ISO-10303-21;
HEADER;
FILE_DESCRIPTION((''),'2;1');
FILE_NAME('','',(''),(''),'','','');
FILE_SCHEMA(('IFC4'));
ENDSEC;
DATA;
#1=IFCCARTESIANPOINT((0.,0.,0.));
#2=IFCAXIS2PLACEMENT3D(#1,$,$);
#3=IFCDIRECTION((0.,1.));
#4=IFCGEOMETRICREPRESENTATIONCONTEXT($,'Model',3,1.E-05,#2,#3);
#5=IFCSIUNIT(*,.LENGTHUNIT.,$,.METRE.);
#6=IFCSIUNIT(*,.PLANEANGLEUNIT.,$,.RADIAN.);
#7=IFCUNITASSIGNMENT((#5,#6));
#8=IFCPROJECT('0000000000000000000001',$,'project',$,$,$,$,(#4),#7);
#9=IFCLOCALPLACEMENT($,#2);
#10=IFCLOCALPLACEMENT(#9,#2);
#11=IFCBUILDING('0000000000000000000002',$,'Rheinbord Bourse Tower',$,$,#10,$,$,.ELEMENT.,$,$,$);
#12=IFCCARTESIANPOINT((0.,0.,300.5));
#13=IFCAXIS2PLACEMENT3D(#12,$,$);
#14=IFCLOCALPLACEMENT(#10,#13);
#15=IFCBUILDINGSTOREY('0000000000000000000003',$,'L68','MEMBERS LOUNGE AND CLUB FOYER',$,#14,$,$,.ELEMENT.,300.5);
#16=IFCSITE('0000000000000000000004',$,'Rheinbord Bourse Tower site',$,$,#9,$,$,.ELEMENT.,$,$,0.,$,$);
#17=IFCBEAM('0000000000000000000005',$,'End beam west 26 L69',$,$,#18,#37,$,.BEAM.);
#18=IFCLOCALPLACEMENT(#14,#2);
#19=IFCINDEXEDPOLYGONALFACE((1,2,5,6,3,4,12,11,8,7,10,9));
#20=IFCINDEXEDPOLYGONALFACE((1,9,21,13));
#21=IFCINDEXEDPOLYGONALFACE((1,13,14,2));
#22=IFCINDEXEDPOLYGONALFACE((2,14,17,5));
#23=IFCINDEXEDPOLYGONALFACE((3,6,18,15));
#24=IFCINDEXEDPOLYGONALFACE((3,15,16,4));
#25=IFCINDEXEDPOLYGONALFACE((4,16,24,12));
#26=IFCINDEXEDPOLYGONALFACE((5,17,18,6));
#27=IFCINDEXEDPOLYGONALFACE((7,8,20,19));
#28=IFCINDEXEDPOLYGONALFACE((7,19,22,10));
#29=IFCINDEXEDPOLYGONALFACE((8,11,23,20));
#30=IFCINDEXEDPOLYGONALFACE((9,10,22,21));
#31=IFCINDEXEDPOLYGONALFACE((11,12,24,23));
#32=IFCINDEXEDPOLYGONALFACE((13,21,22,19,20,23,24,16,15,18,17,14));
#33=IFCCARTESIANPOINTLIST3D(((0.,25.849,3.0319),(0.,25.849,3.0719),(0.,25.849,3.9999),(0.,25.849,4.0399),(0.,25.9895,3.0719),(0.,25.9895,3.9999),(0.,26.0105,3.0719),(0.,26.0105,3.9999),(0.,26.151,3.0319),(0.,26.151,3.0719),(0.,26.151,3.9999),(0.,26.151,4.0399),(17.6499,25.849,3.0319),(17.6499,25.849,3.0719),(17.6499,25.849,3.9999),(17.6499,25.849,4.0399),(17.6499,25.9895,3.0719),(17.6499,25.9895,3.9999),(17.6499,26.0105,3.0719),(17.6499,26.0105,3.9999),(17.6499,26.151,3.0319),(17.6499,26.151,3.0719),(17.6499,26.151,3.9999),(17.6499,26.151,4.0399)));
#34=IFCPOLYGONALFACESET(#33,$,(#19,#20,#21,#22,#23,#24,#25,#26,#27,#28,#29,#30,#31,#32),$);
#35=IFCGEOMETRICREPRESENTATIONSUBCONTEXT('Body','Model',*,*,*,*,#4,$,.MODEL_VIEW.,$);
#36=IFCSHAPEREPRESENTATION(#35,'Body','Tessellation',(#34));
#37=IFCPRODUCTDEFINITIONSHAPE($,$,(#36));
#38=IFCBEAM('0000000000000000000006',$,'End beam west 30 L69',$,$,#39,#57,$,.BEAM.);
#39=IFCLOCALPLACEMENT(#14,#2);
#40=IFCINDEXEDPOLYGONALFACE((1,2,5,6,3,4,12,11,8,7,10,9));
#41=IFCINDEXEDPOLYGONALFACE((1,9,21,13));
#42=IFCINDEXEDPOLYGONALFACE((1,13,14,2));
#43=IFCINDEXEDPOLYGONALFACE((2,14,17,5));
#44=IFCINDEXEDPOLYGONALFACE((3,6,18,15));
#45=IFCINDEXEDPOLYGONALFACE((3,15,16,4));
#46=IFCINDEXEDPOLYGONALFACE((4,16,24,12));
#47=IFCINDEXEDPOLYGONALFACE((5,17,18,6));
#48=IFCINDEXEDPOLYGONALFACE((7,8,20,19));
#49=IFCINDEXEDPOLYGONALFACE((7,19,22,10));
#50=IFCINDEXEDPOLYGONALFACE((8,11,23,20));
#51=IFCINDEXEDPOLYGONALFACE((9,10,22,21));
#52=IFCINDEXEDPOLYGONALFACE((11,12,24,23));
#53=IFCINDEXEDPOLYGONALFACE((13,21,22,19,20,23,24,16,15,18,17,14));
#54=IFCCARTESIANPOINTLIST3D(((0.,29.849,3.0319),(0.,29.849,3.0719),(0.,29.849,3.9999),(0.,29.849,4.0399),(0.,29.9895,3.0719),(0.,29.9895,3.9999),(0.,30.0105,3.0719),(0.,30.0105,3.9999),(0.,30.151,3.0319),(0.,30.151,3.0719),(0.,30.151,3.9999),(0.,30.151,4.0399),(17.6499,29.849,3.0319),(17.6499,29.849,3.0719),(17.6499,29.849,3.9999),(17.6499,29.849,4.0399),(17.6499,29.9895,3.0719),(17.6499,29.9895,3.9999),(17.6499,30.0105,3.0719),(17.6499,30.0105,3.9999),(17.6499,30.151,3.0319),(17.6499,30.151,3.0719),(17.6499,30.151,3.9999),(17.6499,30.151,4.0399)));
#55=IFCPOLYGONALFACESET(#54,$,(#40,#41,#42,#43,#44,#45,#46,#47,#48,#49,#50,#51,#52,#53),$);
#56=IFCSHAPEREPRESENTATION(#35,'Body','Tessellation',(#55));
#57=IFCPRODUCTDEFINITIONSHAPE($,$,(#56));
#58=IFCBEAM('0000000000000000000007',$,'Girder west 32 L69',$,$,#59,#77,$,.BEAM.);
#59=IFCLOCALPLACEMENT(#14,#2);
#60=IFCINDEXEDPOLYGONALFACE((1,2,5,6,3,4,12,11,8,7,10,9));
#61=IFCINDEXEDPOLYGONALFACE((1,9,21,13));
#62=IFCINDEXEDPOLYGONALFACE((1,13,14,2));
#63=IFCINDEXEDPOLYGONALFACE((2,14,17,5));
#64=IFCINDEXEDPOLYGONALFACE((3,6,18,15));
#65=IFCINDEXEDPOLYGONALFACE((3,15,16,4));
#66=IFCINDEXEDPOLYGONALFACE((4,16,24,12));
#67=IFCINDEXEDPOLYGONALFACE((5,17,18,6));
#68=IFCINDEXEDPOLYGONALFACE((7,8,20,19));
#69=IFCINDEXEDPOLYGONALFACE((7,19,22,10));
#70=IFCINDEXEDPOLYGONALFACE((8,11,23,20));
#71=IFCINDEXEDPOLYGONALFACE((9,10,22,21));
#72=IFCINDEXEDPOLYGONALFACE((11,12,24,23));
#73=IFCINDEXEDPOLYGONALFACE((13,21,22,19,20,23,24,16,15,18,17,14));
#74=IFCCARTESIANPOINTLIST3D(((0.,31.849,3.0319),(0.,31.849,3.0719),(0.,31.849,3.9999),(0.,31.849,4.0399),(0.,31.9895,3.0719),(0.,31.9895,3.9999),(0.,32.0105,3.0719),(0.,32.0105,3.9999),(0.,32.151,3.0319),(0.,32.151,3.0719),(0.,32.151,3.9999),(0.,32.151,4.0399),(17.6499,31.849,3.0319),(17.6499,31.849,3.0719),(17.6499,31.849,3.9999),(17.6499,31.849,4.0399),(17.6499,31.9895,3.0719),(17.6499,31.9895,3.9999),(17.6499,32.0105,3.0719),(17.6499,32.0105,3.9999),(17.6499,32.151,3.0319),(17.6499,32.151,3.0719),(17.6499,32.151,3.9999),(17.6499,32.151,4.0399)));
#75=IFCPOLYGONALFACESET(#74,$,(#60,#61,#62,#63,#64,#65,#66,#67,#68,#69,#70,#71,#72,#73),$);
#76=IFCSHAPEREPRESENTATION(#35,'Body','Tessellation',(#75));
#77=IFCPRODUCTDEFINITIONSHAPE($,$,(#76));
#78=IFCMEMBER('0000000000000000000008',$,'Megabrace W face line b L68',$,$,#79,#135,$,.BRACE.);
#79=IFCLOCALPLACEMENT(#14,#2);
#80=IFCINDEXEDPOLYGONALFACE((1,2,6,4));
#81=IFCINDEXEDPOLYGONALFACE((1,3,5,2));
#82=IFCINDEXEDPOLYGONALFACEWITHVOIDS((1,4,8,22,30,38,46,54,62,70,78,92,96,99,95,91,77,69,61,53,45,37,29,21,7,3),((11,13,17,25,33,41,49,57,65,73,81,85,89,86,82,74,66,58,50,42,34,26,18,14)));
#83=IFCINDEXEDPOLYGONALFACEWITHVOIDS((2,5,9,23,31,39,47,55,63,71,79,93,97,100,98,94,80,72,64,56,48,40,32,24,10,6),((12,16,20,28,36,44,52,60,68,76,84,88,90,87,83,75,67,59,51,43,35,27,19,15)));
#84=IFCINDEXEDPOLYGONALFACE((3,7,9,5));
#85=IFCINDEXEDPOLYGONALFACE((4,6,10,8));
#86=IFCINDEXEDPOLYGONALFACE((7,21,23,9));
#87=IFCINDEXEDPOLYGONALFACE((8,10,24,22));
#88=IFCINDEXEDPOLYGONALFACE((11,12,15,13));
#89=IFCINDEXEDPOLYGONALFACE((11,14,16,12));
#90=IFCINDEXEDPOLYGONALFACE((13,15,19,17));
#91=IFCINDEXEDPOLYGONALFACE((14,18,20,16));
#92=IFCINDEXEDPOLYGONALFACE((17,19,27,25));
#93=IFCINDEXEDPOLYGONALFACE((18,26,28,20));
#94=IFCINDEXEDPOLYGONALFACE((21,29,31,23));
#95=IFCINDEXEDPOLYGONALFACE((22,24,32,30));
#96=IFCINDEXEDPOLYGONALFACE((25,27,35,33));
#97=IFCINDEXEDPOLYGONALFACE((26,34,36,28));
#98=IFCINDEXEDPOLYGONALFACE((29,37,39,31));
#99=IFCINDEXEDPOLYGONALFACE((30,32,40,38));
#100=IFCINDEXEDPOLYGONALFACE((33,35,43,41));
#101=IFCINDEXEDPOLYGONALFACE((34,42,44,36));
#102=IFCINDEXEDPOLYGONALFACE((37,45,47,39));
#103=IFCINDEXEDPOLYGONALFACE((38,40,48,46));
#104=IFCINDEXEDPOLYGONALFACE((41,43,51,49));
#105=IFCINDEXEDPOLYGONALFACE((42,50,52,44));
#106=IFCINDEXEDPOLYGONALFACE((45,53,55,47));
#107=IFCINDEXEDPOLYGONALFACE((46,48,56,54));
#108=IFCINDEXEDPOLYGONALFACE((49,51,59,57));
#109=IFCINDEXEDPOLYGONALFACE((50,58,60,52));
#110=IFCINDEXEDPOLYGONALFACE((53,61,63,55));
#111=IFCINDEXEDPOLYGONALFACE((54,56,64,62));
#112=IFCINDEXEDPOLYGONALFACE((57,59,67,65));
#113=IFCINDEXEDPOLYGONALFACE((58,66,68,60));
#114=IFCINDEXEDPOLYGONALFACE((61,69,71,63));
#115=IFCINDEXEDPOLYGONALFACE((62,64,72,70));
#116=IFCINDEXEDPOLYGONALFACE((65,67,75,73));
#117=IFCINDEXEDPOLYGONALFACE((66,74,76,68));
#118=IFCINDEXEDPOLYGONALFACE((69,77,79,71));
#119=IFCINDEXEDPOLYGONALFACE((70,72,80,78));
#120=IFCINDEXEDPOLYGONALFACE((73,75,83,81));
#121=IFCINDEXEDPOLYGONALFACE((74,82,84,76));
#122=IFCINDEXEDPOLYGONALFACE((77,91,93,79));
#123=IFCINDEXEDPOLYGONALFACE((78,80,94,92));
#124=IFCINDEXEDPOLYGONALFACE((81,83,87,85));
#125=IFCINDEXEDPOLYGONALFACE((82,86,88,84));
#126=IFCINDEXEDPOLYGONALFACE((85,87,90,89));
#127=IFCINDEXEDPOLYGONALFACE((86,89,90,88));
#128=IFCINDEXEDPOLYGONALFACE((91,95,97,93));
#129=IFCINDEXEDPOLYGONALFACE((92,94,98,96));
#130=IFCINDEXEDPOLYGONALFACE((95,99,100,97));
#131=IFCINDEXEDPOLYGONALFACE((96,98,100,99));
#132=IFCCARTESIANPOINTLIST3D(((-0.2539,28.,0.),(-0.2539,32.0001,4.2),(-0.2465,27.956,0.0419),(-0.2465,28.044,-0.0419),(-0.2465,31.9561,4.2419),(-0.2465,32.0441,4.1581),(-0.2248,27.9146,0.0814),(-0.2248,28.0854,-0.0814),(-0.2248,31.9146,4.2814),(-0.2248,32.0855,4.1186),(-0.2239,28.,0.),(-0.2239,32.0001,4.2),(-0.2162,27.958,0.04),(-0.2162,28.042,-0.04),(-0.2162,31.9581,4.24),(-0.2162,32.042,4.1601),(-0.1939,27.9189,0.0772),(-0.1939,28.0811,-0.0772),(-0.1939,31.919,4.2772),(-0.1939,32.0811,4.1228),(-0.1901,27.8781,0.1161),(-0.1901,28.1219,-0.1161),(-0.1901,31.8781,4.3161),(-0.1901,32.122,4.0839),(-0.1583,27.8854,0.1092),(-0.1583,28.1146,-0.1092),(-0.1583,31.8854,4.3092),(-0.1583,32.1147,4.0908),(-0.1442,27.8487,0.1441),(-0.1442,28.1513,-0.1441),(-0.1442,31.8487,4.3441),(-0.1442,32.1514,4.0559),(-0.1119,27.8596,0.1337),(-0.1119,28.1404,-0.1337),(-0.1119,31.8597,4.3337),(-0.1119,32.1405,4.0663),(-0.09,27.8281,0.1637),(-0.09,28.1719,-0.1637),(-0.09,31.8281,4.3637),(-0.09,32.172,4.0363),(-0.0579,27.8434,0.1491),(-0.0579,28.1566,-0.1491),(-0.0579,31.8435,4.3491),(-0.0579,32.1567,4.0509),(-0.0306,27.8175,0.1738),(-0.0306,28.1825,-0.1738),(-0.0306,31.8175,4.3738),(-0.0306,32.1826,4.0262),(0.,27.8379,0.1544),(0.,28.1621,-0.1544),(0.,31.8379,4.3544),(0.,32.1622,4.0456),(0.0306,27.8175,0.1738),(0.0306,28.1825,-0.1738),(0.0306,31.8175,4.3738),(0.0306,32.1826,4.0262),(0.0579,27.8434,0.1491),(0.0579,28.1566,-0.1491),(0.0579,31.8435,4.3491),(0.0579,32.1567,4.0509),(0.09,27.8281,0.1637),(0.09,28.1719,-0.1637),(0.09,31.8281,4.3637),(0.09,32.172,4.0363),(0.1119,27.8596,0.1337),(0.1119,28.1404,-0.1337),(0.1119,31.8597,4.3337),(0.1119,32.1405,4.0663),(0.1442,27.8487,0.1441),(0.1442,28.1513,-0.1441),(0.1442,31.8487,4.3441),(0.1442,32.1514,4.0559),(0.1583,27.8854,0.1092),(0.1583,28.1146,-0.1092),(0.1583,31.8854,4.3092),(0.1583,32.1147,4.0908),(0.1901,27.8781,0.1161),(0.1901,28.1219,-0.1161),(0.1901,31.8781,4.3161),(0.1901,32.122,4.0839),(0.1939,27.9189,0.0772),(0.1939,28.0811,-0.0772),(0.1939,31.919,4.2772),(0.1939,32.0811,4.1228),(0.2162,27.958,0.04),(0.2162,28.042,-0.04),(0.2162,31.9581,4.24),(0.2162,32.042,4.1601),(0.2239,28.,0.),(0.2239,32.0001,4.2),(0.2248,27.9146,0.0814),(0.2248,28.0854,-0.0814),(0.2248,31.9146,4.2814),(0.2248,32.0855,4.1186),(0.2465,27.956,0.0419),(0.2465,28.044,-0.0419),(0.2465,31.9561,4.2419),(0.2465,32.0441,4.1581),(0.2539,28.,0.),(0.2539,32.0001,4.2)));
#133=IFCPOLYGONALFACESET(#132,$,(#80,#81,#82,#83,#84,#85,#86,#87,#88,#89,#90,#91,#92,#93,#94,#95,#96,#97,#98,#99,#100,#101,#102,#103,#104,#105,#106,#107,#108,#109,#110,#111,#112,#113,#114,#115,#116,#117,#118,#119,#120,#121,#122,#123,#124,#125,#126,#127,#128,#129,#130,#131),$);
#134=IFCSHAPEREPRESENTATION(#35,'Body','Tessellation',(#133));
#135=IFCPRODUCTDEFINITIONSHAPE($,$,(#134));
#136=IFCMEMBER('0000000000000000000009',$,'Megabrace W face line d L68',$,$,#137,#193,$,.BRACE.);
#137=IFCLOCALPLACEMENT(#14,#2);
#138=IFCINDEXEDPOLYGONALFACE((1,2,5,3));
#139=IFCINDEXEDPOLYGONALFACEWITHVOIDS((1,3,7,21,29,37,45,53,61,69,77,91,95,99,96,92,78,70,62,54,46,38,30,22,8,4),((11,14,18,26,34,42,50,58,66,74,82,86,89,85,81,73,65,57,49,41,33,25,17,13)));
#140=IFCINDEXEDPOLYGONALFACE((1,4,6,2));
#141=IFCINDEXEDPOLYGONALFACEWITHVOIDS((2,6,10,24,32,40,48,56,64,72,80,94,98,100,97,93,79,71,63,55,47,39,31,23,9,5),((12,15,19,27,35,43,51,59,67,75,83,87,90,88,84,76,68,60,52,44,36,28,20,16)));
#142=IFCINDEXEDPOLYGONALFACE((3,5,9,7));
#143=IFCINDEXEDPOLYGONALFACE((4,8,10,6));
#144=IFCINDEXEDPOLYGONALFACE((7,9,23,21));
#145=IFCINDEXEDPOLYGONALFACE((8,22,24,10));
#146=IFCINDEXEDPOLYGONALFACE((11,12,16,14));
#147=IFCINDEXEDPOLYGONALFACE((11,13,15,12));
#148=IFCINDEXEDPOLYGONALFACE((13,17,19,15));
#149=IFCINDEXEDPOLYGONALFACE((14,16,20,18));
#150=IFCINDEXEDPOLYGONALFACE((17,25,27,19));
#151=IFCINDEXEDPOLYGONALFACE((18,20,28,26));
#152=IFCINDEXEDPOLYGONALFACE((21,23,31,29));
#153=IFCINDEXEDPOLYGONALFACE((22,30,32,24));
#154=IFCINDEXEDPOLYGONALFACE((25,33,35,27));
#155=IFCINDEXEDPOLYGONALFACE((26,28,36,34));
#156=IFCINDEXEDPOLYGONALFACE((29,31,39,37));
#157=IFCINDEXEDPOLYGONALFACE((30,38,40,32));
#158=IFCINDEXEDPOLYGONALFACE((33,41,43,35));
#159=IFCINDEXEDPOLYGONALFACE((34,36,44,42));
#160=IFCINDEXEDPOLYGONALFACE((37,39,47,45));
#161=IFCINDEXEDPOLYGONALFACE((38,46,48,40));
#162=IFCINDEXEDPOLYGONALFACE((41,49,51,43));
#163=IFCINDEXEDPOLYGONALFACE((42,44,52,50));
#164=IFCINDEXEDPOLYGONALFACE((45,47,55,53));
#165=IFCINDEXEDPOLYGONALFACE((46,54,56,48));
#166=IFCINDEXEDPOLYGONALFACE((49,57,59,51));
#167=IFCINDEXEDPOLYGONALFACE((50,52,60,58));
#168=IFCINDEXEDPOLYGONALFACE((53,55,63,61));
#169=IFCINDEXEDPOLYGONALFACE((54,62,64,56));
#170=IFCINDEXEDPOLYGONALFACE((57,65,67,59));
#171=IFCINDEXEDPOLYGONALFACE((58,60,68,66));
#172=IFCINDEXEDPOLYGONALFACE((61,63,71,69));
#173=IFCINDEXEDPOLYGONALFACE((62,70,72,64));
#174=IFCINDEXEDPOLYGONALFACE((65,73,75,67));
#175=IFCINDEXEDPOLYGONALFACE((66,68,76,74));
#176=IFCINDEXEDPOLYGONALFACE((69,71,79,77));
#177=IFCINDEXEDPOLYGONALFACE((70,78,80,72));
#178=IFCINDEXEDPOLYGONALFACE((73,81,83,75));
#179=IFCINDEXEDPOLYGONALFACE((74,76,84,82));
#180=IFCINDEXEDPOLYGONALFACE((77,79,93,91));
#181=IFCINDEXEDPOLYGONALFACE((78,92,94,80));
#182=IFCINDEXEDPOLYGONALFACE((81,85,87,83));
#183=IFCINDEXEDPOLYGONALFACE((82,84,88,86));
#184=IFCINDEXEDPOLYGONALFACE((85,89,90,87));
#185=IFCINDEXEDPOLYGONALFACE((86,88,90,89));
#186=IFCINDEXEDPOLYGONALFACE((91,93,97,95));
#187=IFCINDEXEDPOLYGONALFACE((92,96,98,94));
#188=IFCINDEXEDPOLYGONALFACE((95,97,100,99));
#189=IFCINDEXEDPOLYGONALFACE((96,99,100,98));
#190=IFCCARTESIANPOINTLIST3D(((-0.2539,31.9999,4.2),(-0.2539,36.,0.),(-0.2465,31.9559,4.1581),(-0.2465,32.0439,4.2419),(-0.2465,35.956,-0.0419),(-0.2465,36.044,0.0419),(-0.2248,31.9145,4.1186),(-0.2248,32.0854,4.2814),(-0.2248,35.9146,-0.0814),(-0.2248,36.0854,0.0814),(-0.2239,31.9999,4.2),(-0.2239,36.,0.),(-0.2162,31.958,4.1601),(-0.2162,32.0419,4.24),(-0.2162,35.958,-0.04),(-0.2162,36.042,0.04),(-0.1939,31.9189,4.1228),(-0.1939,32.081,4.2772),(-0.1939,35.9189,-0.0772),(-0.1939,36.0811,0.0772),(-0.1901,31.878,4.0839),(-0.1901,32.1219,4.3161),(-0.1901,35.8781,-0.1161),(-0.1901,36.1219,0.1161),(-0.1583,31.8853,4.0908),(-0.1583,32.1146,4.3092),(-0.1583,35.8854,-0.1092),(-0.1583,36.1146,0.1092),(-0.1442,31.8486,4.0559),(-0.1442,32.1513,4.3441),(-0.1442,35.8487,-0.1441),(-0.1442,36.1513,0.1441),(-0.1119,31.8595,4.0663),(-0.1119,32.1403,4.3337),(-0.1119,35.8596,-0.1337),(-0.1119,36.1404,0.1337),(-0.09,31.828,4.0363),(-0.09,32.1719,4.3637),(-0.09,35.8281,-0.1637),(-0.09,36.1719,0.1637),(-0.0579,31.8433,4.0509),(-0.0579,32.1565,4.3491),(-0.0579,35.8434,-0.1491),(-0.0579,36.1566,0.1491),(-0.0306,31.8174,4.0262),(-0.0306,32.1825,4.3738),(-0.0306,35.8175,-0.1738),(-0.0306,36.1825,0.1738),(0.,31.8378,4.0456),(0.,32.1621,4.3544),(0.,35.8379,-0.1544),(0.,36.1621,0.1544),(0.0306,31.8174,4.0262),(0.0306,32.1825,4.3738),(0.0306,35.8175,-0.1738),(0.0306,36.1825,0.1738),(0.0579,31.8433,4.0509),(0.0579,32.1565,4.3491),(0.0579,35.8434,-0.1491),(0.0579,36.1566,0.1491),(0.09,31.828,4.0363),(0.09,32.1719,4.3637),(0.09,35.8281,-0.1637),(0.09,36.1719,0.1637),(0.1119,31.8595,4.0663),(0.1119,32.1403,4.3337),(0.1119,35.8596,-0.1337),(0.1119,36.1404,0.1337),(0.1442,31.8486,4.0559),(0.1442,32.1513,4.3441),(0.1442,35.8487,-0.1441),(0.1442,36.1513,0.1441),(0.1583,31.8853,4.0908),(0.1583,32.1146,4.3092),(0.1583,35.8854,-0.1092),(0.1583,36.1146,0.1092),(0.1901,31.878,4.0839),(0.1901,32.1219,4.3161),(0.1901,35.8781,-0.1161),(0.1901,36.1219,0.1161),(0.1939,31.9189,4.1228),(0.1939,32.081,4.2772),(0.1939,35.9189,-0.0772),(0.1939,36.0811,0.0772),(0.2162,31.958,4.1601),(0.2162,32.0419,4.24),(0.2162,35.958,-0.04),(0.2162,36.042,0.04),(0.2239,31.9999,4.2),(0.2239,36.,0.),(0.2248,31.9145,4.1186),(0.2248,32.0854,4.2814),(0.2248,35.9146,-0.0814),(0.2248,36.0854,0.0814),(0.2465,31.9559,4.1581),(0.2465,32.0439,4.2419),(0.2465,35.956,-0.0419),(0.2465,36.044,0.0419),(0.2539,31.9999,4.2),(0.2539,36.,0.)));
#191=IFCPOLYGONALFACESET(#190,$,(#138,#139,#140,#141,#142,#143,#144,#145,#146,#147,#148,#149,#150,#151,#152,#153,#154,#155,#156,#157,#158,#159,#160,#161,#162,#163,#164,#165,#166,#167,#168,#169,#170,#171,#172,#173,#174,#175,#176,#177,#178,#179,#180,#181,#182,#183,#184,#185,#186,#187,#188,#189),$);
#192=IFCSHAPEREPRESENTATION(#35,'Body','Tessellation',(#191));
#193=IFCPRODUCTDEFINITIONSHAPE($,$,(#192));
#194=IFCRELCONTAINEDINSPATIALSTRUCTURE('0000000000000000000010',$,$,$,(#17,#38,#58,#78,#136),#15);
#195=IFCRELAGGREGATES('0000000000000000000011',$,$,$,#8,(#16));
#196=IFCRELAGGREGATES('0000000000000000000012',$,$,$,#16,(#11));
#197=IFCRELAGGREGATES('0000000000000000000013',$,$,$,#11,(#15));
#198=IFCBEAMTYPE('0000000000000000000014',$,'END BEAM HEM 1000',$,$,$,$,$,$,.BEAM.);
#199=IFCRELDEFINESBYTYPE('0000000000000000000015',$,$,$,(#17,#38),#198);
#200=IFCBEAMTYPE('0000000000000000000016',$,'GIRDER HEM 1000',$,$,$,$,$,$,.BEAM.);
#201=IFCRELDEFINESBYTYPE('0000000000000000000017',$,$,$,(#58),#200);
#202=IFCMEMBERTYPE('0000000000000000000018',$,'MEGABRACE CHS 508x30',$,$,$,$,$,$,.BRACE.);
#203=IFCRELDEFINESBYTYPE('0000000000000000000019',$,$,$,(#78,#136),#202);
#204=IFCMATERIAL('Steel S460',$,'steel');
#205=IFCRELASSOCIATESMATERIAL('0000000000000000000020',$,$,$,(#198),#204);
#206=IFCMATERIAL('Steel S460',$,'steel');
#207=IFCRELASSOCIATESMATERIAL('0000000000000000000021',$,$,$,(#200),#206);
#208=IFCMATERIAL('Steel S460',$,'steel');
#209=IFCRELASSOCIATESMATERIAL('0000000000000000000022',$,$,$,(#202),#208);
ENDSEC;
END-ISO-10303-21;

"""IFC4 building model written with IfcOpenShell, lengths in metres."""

from ifc_helpers import new_model, si_unit, direction, frame, origin, origin_2d, place, context, subcontext, project, spatial, hollow_circle, i_section, extrude, material, material_profile, profile_set, type_object, element, save


model = new_model("IFC4")

# Units and contexts
model_context = context("Model", 3, precision=1e-05, world=origin(), true_north=direction((0.0, 1.0)))
body_context = subcontext(model_context, "Body", "Model", "MODEL_VIEW")
ifc_project = project(units=[si_unit("LENGTHUNIT", "METRE"), si_unit("PLANEANGLEUNIT", "RADIAN")], contexts=[model_context])

# Site, building, storey
site_placement = place(None, origin())
site = spatial("IfcSite", under=ifc_project, at=site_placement, Name="Rheinbord Bourse Tower site", CompositionType="ELEMENT", RefElevation=0.0)
building_placement = place(site_placement, origin())
building = spatial("IfcBuilding", under=site, at=building_placement, Name="Rheinbord Bourse Tower", CompositionType="ELEMENT")
storey_placement = place(building_placement, frame((0.0, 0.0, 300.5)))
storey = spatial("IfcBuildingStorey", under=building, at=storey_placement, Name="L68", Description="MEMBERS LOUNGE AND CLUB FOYER", CompositionType="ELEMENT", Elevation=300.5)

# Beams
ifc_material_1 = material(Name="Steel S460", Category="steel")
ifc_material_profile_1 = material_profile(ifc_material_1, i_section(OverallWidth=0.302, OverallDepth=1.0081, WebThickness=0.021, FlangeThickness=0.04, at=origin_2d()), Name="HEM 1000")
ifc_profile_set_1 = profile_set([ifc_material_profile_1], Name="Steel S460")
beam_type_1 = type_object("IfcBeamType", Name="END BEAM HEM 1000", PredefinedType="BEAM", material=ifc_profile_set_1)
for number, where, z_axis, x_axis, name in (
    (1, (0.0, 26.0, 3.5359), (1.0, 0.0, 0.0), (0.0, 1.0, 0.0), "End beam west 26 L69"),
    (2, (0.0, 30.0, 3.5359), (1.0, 0.0, 0.0), (0.0, 1.0, 0.0), "End beam west 30 L69"),
):
    element("IfcBeam", number, at=place(storey_placement, frame(where, z_axis=z_axis, x_axis=x_axis)), inside=storey, type_object=beam_type_1, Name=name, PredefinedType="BEAM", context=body_context, shape_type="SweptSolid", body=[
        extrude(i_section(OverallWidth=0.302, OverallDepth=1.0081, WebThickness=0.021, FlangeThickness=0.04, at=origin_2d()), origin(), (0.0, 0.0, 1.0), 17.6499),
    ])
ifc_material_2 = material(Name="Steel S460", Category="steel")
ifc_material_profile_2 = material_profile(ifc_material_2, i_section(OverallWidth=0.302, OverallDepth=1.0081, WebThickness=0.021, FlangeThickness=0.04, at=origin_2d()), Name="HEM 1000")
ifc_profile_set_2 = profile_set([ifc_material_profile_2], Name="Steel S460")
beam_type_2 = type_object("IfcBeamType", Name="GIRDER HEM 1000", PredefinedType="BEAM", material=ifc_profile_set_2)
beam_placement = place(storey_placement, frame((0.0, 32.0, 3.5359), z_axis=(1.0, 0.0, 0.0), x_axis=(0.0, 1.0, 0.0)))
element("IfcBeam", 3, at=beam_placement, inside=storey, type_object=beam_type_2, Name="Girder west 32 L69", PredefinedType="BEAM", context=body_context, shape_type="SweptSolid", body=[
    extrude(i_section(OverallWidth=0.302, OverallDepth=1.0081, WebThickness=0.021, FlangeThickness=0.04, at=origin_2d()), origin(), (0.0, 0.0, 1.0), 17.6499),
])

# Members
ifc_material_3 = material(Name="Steel S460", Category="steel")
ifc_material_profile_3 = material_profile(ifc_material_3, hollow_circle(Radius=0.2539, WallThickness=0.03, at=origin_2d()), Name="CHS 508x30")
ifc_profile_set_3 = profile_set([ifc_material_profile_3], Name="Steel S460")
member_type_1 = type_object("IfcMemberType", Name="MEGABRACE CHS 508x30", PredefinedType="BRACE", material=ifc_profile_set_3)
for number, where, z_axis, x_axis, name in (
    (4, (0.0, 28.0, 0.0), (0.0, 0.689659, 0.724134), (-1.0, 0.0, 0.0), "Megabrace W face line b L68"),
    (5, (0.0, 36.0, 0.0), (0.0, -0.689659, 0.724134), (1.0, 0.0, 0.0), "Megabrace W face line d L68"),
):
    element("IfcMember", number, at=place(storey_placement, frame(where, z_axis=z_axis, x_axis=x_axis)), inside=storey, type_object=member_type_1, Name=name, PredefinedType="BRACE", context=body_context, shape_type="SweptSolid", body=[
        extrude(hollow_circle(Radius=0.2539, WallThickness=0.03, at=origin_2d()), origin(), (0.0, 0.0, 1.0), 5.8),
    ])

save(model, "model.ifc")
